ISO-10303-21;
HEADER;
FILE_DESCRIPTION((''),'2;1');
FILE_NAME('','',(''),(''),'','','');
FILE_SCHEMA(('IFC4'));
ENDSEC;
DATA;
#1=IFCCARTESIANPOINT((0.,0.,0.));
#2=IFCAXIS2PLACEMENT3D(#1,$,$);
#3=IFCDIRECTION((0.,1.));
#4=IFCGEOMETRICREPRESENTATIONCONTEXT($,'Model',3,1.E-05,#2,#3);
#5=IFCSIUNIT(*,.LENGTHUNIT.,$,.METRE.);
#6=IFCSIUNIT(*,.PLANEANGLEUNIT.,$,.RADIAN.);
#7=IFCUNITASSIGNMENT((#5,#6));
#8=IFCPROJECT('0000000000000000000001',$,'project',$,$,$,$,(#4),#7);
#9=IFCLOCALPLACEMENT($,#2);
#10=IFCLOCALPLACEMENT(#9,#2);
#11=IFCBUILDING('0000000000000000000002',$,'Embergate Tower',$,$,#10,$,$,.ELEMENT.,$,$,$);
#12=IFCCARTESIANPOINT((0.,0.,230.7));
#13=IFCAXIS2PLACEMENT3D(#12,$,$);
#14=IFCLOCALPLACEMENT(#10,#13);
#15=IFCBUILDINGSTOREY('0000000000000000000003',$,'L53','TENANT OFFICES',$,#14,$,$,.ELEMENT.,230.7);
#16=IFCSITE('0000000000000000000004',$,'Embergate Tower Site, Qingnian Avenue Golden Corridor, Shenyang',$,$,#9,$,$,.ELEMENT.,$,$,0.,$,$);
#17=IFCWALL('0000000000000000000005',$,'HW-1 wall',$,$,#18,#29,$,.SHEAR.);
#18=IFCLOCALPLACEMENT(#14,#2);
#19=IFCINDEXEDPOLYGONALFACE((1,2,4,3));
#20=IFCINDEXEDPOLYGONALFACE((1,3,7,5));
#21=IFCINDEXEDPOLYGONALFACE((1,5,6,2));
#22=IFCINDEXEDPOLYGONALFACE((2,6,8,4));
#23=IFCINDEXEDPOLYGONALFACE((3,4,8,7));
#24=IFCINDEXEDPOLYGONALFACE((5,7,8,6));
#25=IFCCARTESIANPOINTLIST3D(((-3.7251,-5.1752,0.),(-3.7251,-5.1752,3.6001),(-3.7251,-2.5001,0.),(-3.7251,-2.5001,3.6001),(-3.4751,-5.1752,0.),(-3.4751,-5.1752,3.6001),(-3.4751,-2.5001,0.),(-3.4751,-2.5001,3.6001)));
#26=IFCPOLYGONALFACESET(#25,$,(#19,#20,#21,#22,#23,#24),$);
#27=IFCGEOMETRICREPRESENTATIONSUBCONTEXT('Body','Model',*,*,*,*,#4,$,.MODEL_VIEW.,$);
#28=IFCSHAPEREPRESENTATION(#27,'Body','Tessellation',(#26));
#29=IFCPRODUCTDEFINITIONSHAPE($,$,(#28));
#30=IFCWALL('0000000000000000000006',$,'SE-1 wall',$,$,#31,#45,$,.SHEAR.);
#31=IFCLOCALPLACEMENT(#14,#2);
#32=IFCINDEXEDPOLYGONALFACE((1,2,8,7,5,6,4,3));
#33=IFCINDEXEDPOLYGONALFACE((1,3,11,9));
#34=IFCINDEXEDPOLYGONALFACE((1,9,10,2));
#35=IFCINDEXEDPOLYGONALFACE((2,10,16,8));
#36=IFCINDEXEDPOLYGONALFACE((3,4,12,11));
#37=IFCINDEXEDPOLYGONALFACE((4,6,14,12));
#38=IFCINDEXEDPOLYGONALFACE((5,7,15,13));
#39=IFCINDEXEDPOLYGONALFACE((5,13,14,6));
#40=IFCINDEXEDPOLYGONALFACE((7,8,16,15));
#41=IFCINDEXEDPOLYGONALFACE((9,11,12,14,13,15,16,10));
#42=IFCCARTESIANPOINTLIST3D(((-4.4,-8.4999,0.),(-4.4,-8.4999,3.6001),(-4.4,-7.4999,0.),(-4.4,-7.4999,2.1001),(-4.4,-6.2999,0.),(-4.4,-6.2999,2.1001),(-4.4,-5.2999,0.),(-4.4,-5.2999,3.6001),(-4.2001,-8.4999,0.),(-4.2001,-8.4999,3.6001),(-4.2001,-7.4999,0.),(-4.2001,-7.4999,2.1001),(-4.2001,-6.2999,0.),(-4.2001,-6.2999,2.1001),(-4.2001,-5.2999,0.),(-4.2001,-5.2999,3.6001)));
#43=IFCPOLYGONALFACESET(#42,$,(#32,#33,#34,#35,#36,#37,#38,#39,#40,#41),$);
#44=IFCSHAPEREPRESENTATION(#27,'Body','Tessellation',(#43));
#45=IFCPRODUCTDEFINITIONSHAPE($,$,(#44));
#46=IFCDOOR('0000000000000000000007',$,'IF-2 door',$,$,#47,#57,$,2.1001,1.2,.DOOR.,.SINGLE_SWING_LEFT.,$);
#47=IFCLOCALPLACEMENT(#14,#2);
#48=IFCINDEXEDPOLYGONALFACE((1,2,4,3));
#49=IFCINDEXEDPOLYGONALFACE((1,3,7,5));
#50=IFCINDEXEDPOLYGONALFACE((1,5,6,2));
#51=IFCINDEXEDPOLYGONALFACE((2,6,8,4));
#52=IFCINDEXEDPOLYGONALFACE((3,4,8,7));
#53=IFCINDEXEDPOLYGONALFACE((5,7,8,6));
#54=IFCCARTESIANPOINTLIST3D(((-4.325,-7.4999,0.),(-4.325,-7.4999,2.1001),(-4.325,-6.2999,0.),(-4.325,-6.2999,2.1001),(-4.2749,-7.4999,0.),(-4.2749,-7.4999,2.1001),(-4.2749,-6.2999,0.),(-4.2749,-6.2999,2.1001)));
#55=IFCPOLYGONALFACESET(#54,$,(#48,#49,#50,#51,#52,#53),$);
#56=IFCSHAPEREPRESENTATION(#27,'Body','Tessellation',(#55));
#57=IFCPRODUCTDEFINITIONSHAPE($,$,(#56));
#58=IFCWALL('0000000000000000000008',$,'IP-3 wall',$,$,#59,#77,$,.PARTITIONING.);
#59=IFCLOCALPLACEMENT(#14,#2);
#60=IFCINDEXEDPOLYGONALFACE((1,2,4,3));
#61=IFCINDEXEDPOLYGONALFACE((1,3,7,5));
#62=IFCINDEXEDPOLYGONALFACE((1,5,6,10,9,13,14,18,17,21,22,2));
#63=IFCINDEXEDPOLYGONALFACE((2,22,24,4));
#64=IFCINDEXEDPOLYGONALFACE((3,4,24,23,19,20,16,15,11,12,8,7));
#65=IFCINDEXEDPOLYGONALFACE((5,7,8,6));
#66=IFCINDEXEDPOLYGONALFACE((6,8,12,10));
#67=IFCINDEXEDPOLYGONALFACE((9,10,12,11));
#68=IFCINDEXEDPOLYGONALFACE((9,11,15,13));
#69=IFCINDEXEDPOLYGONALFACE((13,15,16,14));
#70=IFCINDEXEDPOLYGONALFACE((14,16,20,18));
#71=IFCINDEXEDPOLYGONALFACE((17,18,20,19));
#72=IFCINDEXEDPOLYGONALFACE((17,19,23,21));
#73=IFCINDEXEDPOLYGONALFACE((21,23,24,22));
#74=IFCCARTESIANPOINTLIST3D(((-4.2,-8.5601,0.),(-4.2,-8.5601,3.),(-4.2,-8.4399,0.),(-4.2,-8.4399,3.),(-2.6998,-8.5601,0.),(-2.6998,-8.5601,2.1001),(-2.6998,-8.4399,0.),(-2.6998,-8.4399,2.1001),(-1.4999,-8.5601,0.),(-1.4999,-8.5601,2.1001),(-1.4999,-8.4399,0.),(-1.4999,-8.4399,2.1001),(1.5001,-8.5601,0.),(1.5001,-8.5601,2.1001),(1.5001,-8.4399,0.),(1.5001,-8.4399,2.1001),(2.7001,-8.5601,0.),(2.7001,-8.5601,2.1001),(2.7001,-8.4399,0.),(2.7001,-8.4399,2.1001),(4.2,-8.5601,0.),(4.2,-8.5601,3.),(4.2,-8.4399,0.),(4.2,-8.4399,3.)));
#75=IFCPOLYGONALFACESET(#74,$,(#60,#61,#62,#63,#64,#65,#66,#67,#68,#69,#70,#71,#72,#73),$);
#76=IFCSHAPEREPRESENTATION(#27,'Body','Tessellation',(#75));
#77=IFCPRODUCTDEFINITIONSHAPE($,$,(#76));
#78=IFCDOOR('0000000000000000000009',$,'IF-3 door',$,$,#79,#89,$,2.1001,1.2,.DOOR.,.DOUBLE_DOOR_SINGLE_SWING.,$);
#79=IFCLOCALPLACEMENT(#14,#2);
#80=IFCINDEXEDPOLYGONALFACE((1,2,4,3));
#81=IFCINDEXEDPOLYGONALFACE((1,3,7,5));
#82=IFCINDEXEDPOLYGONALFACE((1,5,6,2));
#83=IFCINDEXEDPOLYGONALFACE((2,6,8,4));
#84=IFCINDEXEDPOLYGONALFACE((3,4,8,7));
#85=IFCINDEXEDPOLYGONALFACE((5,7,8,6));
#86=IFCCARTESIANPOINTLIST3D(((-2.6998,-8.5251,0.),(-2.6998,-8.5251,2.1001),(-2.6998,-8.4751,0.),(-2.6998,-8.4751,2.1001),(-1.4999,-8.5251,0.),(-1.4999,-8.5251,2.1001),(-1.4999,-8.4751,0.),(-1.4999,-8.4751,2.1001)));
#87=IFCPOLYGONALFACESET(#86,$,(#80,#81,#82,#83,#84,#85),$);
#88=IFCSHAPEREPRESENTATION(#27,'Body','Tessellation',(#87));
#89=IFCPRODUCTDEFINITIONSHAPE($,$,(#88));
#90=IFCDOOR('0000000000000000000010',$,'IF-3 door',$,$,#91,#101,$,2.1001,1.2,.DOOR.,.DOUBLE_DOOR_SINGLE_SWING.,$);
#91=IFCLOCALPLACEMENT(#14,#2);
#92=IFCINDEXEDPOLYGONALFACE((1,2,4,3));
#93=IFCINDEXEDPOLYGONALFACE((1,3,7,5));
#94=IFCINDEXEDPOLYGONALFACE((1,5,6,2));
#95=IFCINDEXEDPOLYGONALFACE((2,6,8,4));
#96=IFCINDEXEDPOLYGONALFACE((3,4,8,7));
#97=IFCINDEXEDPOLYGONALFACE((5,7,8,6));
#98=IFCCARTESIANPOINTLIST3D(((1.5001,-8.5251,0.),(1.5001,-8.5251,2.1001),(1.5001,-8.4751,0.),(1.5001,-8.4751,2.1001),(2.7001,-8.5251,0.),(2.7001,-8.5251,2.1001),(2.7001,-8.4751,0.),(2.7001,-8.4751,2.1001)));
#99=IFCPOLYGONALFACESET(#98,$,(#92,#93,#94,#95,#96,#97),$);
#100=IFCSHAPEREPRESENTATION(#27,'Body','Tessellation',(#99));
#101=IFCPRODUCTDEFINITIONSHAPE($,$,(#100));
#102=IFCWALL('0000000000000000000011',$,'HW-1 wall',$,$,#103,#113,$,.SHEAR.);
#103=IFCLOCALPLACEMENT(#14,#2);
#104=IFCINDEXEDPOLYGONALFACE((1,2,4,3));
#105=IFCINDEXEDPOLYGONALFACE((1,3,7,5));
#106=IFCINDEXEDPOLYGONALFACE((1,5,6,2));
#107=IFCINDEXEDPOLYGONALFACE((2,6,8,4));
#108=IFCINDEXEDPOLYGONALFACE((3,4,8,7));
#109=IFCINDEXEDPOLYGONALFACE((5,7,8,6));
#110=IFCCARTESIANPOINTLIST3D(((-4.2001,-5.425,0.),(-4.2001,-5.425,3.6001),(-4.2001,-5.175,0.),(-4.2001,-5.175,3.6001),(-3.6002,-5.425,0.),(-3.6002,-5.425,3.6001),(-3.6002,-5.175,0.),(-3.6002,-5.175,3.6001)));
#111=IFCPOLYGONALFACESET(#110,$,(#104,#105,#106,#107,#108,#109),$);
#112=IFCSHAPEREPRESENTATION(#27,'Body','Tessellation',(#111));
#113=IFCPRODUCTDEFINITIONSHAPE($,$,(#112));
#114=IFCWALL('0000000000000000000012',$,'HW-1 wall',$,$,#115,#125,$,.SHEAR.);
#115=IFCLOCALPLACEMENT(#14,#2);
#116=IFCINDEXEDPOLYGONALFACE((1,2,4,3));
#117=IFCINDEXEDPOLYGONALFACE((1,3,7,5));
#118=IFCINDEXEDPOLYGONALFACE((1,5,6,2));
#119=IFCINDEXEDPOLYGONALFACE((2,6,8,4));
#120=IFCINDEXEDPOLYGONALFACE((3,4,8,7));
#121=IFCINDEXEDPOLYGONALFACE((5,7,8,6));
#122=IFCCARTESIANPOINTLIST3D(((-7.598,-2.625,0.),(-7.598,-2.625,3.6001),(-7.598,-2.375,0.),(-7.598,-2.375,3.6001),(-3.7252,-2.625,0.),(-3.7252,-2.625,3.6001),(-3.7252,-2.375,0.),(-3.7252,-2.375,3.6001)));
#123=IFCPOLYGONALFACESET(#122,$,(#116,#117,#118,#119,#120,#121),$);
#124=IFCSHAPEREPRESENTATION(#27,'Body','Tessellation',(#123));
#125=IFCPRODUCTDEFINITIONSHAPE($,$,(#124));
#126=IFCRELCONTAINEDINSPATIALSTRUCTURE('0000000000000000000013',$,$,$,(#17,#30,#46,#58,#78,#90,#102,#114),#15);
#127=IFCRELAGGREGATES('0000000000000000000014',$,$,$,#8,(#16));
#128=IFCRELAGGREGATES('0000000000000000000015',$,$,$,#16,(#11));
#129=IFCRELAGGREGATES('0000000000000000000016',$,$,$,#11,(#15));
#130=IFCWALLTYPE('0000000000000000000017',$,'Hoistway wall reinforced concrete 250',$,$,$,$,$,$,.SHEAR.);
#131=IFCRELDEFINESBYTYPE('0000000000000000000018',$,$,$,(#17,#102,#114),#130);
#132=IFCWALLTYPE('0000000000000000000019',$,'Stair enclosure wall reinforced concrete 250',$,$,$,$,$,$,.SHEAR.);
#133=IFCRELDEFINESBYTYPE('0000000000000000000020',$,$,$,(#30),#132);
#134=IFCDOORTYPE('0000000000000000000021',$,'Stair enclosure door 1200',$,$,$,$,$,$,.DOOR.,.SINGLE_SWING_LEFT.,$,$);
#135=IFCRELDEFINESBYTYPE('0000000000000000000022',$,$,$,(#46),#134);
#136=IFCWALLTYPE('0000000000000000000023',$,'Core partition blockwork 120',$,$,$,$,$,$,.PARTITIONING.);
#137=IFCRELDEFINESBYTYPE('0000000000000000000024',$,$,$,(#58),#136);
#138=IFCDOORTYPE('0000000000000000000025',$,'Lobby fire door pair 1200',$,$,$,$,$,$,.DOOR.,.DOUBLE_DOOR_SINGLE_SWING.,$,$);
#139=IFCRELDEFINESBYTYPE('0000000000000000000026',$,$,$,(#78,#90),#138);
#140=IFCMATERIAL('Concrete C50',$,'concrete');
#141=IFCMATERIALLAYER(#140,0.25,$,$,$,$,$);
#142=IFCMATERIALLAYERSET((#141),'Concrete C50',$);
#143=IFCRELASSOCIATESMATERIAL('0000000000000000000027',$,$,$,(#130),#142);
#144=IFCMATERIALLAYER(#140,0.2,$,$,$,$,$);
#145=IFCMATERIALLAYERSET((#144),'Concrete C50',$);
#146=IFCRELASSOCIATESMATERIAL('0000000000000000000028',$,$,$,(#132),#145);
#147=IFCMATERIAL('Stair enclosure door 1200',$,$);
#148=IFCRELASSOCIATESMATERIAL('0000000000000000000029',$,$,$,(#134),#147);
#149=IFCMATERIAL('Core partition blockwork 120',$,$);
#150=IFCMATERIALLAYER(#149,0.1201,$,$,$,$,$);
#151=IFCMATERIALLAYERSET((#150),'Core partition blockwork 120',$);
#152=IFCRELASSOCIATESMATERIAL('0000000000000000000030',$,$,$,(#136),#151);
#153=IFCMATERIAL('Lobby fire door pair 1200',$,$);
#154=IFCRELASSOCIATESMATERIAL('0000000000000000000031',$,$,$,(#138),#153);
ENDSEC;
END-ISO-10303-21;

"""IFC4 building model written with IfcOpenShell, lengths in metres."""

from ifc_helpers import new_model, si_unit, direction, frame, frame_2d, origin, place, context, subcontext, project, spatial, rectangle, extrude, source, transform, mapped, material, layer, layer_set, type_object, element, fill, save


model = new_model("IFC4")

# Units and contexts
model_context = context("Model", 3, precision=1e-05, world=origin(), true_north=direction((0.0, 1.0)))
body_context = subcontext(model_context, "Body", "Model", "MODEL_VIEW")
ifc_project = project(units=[si_unit("LENGTHUNIT", "METRE"), si_unit("PLANEANGLEUNIT", "RADIAN")], contexts=[model_context])

# Site, building, storey
site_placement = place(None, origin())
site = spatial("IfcSite", under=ifc_project, at=site_placement, Name="Embergate Tower Site, Qingnian Avenue Golden Corridor, Shenyang", CompositionType="ELEMENT", RefElevation=0.0)
building_placement = place(site_placement, origin())
building = spatial("IfcBuilding", under=site, at=building_placement, Name="Embergate Tower", CompositionType="ELEMENT")
storey_placement = place(building_placement, frame((0.0, 0.0, 230.7)))
storey = spatial("IfcBuildingStorey", under=building, at=storey_placement, Name="L53", Description="TENANT OFFICES", CompositionType="ELEMENT", Elevation=230.7)

# Wall
ifc_material_1 = material(Name="Concrete C50", Category="concrete")
ifc_layer_1 = layer(ifc_material_1, 0.25)
ifc_layer_set_1 = layer_set([ifc_layer_1], Name="Concrete C50")
wall_type_1 = type_object("IfcWallType", Name="Hoistway wall reinforced concrete 250", PredefinedType="SHEAR", material=ifc_layer_set_1)
shared_shape_1 = source(origin(), body_context, "Body", "SweptSolid", [
    extrude(rectangle(XDim=2.675, YDim=0.25, at=frame_2d((1.3374, 0.0))), origin(), (0.0, 0.0, 1.0), 3.6001),
])
wall_1_placement = place(storey_placement, frame((-3.6001, -5.175, 0.0), z_axis=(0.0, 0.0, 1.0), x_axis=(0.0, 1.0, 0.0)))
element("IfcWall", 1, at=wall_1_placement, inside=storey, type_object=wall_type_1, Name="HW-1 wall", PredefinedType="SHEAR", context=body_context, shape_type="MappedRepresentation", body=[
    mapped(shared_shape_1, transform((0.0, 0.0, 0.0))),
])

# Wall, opening, door
ifc_layer_2 = layer(ifc_material_1, 0.2)
ifc_layer_set_2 = layer_set([ifc_layer_2], Name="Concrete C50")
wall_type_2 = type_object("IfcWallType", Name="Stair enclosure wall reinforced concrete 250", PredefinedType="SHEAR", material=ifc_layer_set_2)
shared_shape_2 = source(origin(), body_context, "Body", "SweptSolid", [
    extrude(rectangle(XDim=3.2, YDim=0.2, at=frame_2d((1.6001, 0.0))), origin(), (0.0, 0.0, 1.0), 3.6001),
])
wall_2_placement = place(storey_placement, frame((-4.3, -8.5, 0.0), z_axis=(0.0, 0.0, 1.0), x_axis=(0.0, 1.0, 0.0)))
wall_2 = element("IfcWall", 2, at=wall_2_placement, inside=storey, type_object=wall_type_2, Name="SE-1 wall", PredefinedType="SHEAR", context=body_context, shape_type="MappedRepresentation", body=[
    mapped(shared_shape_2, transform((0.0, 0.0, 0.0))),
])
shared_shape_3 = source(origin(), body_context, "Body", "SweptSolid", [
    extrude(rectangle(XDim=1.2, YDim=2.1001, at=frame_2d((0.6001, 1.05))), frame((0.0, 0.1099, 0.0), z_axis=(0.0, -1.0, 0.0), x_axis=(1.0, 0.0, 0.0)), (0.0, 0.0, 1.0), 0.22),
])
opening_1_placement = place(wall_2_placement, frame((1.0, 0.0, 0.0)))
opening_1 = element("IfcOpeningElement", 3, at=opening_1_placement, cuts=wall_2, PredefinedType="OPENING", context=body_context, shape_type="MappedRepresentation", body=[
    mapped(shared_shape_3, transform((0.0, 0.0, 0.0))),
])
ifc_material_2 = material(Name="Stair enclosure door 1200")
door_type_1 = type_object("IfcDoorType", Name="Stair enclosure door 1200", OperationType="SINGLE_SWING_LEFT", PredefinedType="DOOR", material=ifc_material_2)
shared_shape_4 = source(origin(), body_context, "Body", "SweptSolid", [
    extrude(rectangle(XDim=1.2, YDim=2.1001, at=frame_2d((0.6001, 1.05))), frame((0.0, 0.0249, 0.0), z_axis=(0.0, -1.0, 0.0), x_axis=(1.0, 0.0, 0.0)), (0.0, 0.0, 1.0), 0.05),
])
door_1_placement = place(opening_1_placement, origin())
door_1 = element("IfcDoor", 4, at=door_1_placement, inside=storey, type_object=door_type_1, Name="IF-2 door", OperationType="SINGLE_SWING_LEFT", OverallHeight=2.1001, OverallWidth=1.2, PredefinedType="DOOR", context=body_context, shape_type="MappedRepresentation", body=[
    mapped(shared_shape_4, transform((0.0, 0.0, 0.0))),
])
fill(opening_1, door_1)

# Wall, openings, doors
ifc_material_3 = material(Name="Core partition blockwork 120")
ifc_layer_3 = layer(ifc_material_3, 0.1201)
ifc_layer_set_3 = layer_set([ifc_layer_3], Name="Core partition blockwork 120")
wall_type_3 = type_object("IfcWallType", Name="Core partition blockwork 120", PredefinedType="PARTITIONING", material=ifc_layer_set_3)
shared_shape_5 = source(origin(), body_context, "Body", "SweptSolid", [
    extrude(rectangle(XDim=8.3999, YDim=0.1201, at=frame_2d((4.2, 0.0))), origin(), (0.0, 0.0, 1.0), 3.0),
])
wall_3_placement = place(storey_placement, frame((-4.2, -8.5, 0.0), z_axis=(0.0, 0.0, 1.0), x_axis=(1.0, 0.0, 0.0)))
wall_3 = element("IfcWall", 5, at=wall_3_placement, inside=storey, type_object=wall_type_3, Name="IP-3 wall", PredefinedType="PARTITIONING", context=body_context, shape_type="MappedRepresentation", body=[
    mapped(shared_shape_5, transform((0.0, 0.0, 0.0))),
])
shared_shape_6 = source(origin(), body_context, "Body", "SweptSolid", [
    extrude(rectangle(XDim=1.2, YDim=2.1001, at=frame_2d((0.6001, 1.05))), frame((0.0, 0.0701, 0.0), z_axis=(0.0, -1.0, 0.0), x_axis=(1.0, 0.0, 0.0)), (0.0, 0.0, 1.0), 0.1401),
])
opening_2_placement = place(wall_3_placement, frame((1.5, 0.0, 0.0)))
opening_2 = element("IfcOpeningElement", 6, at=opening_2_placement, cuts=wall_3, PredefinedType="OPENING", context=body_context, shape_type="MappedRepresentation", body=[
    mapped(shared_shape_6, transform((0.0, 0.0, 0.0))),
])
opening_3_placement = place(wall_3_placement, frame((5.7, 0.0, 0.0)))
opening_3 = element("IfcOpeningElement", 7, at=opening_3_placement, cuts=wall_3, PredefinedType="OPENING", context=body_context, shape_type="MappedRepresentation", body=[
    mapped(shared_shape_6, transform((0.0, 0.0, 0.0))),
])
ifc_material_4 = material(Name="Lobby fire door pair 1200")
door_type_2 = type_object("IfcDoorType", Name="Lobby fire door pair 1200", OperationType="DOUBLE_DOOR_SINGLE_SWING", PredefinedType="DOOR", material=ifc_material_4)
door_2_placement = place(opening_2_placement, origin())
door_2 = element("IfcDoor", 8, at=door_2_placement, inside=storey, type_object=door_type_2, Name="IF-3 door", OperationType="DOUBLE_DOOR_SINGLE_SWING", OverallHeight=2.1001, OverallWidth=1.2, PredefinedType="DOOR", context=body_context, shape_type="MappedRepresentation", body=[
    mapped(shared_shape_4, transform((0.0, 0.0, 0.0))),
])
fill(opening_2, door_2)
door_3_placement = place(opening_3_placement, origin())
door_3 = element("IfcDoor", 9, at=door_3_placement, inside=storey, type_object=door_type_2, Name="IF-3 door", OperationType="DOUBLE_DOOR_SINGLE_SWING", OverallHeight=2.1001, OverallWidth=1.2, PredefinedType="DOOR", context=body_context, shape_type="MappedRepresentation", body=[
    mapped(shared_shape_4, transform((0.0, 0.0, 0.0))),
])
fill(opening_3, door_3)

# Walls
shared_shape_7 = source(origin(), body_context, "Body", "SweptSolid", [
    extrude(rectangle(XDim=0.5999, YDim=0.25, at=frame_2d((0.2998, 0.0))), origin(), (0.0, 0.0, 1.0), 3.6001),
])
wall_4_placement = place(storey_placement, frame((-4.2, -5.3, 0.0), z_axis=(0.0, 0.0, 1.0), x_axis=(1.0, 0.0, 0.0)))
element("IfcWall", 10, at=wall_4_placement, inside=storey, type_object=wall_type_1, Name="HW-1 wall", PredefinedType="SHEAR", context=body_context, shape_type="MappedRepresentation", body=[
    mapped(shared_shape_7, transform((0.0, 0.0, 0.0))),
])
shared_shape_8 = source(origin(), body_context, "Body", "SweptSolid", [
    extrude(rectangle(XDim=3.8728, YDim=0.25, at=frame_2d((1.9365, 0.0))), origin(), (0.0, 0.0, 1.0), 3.6001),
])
wall_5_placement = place(storey_placement, frame((-3.7251, -2.5, 0.0), z_axis=(0.0, 0.0, 1.0), x_axis=(-1.0, 0.0, 0.0)))
element("IfcWall", 11, at=wall_5_placement, inside=storey, type_object=wall_type_1, Name="HW-1 wall", PredefinedType="SHEAR", context=body_context, shape_type="MappedRepresentation", body=[
    mapped(shared_shape_8, transform((0.0, 0.0, 0.0))),
])

save(model, "model.ifc")
